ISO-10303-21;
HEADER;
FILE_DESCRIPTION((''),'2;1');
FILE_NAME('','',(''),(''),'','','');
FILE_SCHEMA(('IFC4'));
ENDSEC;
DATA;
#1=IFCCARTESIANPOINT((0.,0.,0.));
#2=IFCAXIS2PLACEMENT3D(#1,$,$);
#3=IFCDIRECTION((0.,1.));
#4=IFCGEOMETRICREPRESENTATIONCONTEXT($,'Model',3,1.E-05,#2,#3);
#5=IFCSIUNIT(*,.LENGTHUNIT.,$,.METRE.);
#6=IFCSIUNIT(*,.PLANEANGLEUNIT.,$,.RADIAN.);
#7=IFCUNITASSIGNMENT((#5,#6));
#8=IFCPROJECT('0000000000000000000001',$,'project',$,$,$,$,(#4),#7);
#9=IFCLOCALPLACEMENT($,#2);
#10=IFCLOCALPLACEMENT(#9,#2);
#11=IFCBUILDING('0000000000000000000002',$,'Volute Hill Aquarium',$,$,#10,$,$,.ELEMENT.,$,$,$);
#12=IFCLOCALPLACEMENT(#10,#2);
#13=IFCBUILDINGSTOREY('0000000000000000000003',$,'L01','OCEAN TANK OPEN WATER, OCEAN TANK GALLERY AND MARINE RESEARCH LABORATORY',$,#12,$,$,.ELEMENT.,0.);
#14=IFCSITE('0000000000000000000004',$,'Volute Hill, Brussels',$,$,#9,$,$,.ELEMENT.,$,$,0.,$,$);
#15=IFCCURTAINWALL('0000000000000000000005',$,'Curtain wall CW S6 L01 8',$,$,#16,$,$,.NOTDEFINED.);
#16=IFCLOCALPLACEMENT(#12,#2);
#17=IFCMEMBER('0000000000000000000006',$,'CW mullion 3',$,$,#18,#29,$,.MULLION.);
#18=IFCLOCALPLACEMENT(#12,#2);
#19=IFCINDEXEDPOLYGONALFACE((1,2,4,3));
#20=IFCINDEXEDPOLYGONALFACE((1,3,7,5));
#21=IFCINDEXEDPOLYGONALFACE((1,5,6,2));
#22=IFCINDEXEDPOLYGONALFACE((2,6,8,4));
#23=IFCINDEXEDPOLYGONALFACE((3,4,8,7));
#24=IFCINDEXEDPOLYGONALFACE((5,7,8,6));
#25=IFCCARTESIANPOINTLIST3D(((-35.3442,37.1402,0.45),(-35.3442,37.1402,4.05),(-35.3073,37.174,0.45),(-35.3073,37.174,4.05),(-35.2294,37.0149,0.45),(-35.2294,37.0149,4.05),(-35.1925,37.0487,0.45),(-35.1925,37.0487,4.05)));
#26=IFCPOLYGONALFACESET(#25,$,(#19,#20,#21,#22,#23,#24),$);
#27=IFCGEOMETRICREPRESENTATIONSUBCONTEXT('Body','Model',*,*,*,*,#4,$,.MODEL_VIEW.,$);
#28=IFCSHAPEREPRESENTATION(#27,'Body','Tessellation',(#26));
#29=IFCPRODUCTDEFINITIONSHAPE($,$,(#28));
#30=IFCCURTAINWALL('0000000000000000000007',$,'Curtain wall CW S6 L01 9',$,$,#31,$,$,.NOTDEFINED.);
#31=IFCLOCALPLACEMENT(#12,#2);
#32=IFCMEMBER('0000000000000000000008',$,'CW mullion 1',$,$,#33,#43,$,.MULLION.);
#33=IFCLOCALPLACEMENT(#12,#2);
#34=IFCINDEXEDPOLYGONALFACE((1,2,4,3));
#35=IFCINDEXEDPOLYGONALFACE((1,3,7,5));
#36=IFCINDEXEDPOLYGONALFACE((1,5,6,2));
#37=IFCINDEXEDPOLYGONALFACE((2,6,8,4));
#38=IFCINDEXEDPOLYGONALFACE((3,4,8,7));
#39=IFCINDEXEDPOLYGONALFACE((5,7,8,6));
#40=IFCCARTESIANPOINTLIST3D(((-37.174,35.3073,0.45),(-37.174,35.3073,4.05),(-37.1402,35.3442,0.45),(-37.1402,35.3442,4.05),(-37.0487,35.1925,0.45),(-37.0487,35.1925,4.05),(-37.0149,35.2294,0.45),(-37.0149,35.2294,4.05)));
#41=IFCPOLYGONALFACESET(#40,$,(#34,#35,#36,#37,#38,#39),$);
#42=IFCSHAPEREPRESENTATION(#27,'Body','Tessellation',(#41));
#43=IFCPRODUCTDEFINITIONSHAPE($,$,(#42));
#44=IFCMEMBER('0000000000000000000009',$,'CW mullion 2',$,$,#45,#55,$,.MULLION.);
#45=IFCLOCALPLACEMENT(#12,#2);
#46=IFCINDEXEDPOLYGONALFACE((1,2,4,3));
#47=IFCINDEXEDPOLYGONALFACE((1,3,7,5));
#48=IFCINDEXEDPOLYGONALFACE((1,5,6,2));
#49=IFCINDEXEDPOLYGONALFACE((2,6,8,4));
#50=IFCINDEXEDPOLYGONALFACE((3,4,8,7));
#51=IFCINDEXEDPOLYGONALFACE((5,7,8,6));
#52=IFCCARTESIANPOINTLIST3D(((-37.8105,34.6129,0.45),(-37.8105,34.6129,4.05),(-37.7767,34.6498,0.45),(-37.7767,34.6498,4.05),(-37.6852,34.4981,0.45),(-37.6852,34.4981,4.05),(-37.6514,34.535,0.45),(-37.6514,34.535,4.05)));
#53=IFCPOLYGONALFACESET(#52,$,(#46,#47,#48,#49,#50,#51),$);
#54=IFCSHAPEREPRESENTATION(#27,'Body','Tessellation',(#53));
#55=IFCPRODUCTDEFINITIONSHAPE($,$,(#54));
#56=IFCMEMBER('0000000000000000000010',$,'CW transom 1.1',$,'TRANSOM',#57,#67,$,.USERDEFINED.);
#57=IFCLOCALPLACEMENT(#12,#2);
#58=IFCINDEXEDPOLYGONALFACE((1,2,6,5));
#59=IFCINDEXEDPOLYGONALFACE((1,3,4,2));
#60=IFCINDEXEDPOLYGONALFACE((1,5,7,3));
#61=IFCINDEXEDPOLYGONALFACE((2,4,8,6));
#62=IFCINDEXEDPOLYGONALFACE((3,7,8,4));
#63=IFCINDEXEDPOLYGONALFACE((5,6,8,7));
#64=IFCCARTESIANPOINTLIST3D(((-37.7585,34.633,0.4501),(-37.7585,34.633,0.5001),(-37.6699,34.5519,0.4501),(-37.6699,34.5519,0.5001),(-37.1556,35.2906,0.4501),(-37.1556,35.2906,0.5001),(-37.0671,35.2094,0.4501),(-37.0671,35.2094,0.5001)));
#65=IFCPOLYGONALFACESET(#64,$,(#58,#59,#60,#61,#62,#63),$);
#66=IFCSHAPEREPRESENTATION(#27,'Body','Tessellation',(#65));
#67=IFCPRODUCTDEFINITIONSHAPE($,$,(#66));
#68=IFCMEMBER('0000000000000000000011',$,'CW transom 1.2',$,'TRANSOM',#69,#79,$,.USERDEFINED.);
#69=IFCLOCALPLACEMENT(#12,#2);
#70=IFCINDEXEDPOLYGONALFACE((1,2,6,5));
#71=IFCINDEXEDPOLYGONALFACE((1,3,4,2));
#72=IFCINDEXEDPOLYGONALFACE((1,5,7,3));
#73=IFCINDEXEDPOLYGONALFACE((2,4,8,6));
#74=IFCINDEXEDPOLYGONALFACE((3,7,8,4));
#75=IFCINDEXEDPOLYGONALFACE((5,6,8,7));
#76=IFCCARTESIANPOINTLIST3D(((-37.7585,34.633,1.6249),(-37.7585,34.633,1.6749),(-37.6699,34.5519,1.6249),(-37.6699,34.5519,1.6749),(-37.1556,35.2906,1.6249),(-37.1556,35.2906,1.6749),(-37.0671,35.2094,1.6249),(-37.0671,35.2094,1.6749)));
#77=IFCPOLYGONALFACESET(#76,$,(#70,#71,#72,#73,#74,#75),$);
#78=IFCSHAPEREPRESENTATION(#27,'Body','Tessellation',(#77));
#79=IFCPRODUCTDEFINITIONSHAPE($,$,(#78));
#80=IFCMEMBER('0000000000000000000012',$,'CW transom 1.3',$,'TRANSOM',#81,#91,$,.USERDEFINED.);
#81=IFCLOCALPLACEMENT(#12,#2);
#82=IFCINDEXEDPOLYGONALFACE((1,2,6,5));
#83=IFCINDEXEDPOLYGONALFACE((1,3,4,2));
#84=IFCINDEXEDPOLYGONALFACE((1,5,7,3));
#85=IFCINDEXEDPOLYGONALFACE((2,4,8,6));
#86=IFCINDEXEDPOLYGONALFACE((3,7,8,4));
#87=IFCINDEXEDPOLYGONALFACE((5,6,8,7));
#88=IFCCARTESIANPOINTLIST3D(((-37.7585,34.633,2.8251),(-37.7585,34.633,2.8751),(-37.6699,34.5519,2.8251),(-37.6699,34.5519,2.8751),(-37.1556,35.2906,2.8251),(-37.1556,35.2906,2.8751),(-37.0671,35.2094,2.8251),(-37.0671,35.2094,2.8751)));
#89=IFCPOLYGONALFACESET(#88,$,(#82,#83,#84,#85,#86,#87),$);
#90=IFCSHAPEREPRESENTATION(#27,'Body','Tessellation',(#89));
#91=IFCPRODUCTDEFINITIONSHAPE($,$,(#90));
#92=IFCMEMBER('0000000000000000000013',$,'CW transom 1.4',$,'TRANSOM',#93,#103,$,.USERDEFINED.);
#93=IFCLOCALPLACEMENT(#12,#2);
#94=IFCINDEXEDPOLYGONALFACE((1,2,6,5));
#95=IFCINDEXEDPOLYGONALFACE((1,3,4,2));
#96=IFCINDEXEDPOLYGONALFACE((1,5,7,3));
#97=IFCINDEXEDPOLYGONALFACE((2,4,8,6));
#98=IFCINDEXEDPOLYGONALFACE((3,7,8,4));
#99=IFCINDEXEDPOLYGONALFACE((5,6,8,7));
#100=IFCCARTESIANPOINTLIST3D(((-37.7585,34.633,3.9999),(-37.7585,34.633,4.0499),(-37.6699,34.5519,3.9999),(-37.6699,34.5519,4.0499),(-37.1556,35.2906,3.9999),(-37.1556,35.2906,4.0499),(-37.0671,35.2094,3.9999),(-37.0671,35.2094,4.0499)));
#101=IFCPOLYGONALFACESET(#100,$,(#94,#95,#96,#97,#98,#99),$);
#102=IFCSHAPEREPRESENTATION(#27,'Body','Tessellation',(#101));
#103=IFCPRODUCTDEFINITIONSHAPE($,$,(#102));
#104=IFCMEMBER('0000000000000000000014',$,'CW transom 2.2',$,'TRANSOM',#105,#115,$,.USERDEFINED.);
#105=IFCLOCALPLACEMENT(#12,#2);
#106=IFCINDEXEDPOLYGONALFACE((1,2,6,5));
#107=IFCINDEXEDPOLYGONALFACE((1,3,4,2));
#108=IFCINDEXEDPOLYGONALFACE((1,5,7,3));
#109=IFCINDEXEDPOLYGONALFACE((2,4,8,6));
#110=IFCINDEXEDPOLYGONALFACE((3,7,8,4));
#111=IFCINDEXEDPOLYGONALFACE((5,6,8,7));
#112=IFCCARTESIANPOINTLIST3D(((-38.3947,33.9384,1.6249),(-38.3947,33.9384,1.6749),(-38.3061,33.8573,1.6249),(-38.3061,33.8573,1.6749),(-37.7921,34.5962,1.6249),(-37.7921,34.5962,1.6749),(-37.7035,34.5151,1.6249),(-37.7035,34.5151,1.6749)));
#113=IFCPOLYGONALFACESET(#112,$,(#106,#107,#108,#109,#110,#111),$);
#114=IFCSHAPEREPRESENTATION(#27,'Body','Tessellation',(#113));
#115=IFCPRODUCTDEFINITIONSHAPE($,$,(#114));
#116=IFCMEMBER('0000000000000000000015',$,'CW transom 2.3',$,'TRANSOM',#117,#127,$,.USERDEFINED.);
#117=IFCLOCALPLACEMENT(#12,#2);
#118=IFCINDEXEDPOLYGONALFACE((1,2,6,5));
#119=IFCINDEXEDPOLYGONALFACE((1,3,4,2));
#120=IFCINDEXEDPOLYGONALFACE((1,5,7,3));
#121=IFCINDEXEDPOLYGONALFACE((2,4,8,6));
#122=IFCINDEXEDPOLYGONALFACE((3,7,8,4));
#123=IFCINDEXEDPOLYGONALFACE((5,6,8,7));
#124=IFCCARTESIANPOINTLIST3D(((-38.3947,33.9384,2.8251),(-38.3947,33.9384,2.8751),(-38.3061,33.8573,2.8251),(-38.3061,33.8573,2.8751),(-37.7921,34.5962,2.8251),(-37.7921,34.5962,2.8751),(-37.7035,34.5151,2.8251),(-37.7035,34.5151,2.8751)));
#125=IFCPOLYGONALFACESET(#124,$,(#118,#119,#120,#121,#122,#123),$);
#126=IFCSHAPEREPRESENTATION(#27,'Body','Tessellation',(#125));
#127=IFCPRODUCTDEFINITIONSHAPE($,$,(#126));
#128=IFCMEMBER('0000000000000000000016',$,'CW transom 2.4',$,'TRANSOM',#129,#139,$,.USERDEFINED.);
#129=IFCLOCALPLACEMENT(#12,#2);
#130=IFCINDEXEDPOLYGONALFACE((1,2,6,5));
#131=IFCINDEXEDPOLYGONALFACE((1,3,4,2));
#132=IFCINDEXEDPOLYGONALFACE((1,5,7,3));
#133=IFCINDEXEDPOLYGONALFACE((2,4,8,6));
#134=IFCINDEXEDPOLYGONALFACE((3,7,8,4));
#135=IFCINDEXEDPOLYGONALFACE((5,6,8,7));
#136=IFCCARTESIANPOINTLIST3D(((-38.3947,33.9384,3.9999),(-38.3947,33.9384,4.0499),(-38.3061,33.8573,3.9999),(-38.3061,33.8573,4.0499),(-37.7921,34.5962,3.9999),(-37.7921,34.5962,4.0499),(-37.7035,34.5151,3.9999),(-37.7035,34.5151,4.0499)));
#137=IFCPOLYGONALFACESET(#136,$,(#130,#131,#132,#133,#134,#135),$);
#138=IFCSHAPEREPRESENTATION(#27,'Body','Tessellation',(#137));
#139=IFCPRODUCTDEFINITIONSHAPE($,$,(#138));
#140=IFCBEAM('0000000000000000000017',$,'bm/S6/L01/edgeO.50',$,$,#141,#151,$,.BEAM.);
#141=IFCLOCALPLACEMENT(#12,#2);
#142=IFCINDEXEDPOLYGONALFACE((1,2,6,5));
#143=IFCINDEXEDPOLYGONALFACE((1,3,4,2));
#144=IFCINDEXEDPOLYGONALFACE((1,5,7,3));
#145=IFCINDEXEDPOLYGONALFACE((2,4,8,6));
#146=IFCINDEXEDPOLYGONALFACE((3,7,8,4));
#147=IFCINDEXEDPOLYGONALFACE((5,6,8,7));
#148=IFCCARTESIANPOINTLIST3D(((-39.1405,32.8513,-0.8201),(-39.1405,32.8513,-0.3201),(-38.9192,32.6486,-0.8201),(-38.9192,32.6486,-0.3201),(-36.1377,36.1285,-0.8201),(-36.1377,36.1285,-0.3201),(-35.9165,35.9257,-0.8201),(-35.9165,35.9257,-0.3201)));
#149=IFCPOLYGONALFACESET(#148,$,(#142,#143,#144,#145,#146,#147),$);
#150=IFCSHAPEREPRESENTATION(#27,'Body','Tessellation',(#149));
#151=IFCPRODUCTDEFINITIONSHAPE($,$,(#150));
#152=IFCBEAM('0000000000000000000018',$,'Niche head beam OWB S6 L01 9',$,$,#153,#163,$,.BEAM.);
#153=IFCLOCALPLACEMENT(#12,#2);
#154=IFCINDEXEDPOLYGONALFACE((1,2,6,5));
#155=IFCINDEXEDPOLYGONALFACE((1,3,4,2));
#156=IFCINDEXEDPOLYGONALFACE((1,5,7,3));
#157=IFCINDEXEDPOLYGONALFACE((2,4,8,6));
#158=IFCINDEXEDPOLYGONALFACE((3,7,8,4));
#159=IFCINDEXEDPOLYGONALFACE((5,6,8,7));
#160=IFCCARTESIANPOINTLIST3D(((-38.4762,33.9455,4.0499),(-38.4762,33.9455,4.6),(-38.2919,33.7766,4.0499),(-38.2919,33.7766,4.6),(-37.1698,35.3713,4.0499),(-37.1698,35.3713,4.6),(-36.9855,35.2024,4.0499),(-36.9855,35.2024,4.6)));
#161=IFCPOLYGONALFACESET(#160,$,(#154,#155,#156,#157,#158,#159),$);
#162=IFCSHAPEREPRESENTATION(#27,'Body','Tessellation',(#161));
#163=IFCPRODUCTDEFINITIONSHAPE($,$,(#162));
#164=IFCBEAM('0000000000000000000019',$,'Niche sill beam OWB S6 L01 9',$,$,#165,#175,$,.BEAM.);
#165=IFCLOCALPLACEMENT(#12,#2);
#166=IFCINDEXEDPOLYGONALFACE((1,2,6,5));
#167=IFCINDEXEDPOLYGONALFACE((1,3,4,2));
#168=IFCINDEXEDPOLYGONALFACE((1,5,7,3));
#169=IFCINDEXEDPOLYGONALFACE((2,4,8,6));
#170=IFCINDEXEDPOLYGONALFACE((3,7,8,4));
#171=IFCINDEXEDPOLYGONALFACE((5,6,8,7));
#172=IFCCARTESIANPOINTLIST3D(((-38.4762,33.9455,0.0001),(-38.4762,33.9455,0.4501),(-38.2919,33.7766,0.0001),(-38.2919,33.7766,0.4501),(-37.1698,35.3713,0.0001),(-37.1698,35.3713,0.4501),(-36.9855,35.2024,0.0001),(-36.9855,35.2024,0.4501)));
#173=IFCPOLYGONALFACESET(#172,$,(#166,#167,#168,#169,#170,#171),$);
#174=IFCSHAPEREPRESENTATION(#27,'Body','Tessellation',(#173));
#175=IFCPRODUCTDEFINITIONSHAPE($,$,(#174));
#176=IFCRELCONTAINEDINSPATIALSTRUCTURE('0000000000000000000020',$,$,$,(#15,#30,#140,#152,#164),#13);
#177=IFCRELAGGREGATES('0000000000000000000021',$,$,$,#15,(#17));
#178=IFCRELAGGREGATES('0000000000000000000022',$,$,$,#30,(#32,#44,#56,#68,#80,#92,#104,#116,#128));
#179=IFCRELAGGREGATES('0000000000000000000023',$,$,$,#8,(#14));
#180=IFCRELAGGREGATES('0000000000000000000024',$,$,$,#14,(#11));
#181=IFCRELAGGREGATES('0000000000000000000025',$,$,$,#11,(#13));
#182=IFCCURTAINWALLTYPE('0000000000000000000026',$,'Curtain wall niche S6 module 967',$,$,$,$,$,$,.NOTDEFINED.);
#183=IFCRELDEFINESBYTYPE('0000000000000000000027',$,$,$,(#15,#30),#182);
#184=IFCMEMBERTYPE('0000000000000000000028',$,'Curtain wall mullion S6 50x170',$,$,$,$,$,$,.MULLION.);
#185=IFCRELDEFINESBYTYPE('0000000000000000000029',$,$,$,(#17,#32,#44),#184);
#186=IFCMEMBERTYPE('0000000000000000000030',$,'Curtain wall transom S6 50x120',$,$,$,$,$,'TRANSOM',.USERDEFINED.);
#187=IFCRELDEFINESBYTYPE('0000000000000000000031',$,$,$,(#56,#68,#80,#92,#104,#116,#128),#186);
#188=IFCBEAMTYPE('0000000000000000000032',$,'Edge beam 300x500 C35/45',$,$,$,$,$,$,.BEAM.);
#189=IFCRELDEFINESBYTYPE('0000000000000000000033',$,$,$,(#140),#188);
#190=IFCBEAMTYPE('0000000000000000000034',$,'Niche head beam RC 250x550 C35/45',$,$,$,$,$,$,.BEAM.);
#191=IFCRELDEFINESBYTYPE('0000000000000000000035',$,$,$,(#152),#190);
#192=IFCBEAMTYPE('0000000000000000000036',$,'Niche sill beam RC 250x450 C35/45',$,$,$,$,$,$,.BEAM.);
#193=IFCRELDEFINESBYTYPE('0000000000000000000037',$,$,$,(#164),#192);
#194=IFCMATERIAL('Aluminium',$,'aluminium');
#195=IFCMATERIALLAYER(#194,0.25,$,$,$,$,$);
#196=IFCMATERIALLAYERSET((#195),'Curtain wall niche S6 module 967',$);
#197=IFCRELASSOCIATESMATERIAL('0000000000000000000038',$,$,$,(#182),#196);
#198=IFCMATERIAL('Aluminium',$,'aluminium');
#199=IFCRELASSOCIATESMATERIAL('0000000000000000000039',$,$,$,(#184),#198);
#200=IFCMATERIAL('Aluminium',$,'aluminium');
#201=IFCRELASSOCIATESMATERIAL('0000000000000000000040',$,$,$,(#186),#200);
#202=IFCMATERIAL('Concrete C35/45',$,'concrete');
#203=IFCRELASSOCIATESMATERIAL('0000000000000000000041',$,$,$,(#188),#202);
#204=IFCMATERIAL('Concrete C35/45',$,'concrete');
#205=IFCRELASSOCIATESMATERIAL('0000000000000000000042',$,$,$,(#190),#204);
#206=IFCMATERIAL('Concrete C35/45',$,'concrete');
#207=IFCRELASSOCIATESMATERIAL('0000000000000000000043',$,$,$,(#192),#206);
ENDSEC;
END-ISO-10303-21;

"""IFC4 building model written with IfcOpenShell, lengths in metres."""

from ifc_helpers import new_model, si_unit, direction, frame, origin, origin_2d, place, context, subcontext, project, spatial, rectangle, extrude, material, layer, layer_set, material_profile, profile_set, type_object, element, aggregate, save


model = new_model("IFC4")

# Units and contexts
model_context = context("Model", 3, precision=1e-05, world=origin(), true_north=direction((0.0, 1.0)))
body_context = subcontext(model_context, "Body", "Model", "MODEL_VIEW")
ifc_project = project(units=[si_unit("LENGTHUNIT", "METRE"), si_unit("PLANEANGLEUNIT", "RADIAN")], contexts=[model_context])

# Site, building, storey
site_placement = place(None, origin())
site = spatial("IfcSite", under=ifc_project, at=site_placement, Name="Volute Hill, Brussels", CompositionType="ELEMENT", RefElevation=0.0)
building_placement = place(site_placement, origin())
building = spatial("IfcBuilding", under=site, at=building_placement, Name="Volute Hill Aquarium", CompositionType="ELEMENT")
storey_placement = place(building_placement, origin())
storey = spatial("IfcBuildingStorey", under=building, at=storey_placement, Name="L01", Description="OCEAN TANK OPEN WATER, OCEAN TANK GALLERY AND MARINE RESEARCH LABORATORY", CompositionType="ELEMENT", Elevation=0.0)

# Curtain wall, member
ifc_material_1 = material(Name="Aluminium", Category="aluminium")
ifc_layer_1 = layer(ifc_material_1, 0.25)
ifc_layer_set_1 = layer_set([ifc_layer_1], Name="Curtain wall niche S6 module 967")
curtain_wall_type = type_object("IfcCurtainWallType", Name="Curtain wall niche S6 module 967", PredefinedType="NOTDEFINED", material=ifc_layer_set_1)
curtain_wall_1_placement = place(storey_placement, origin())
curtain_wall_1 = element("IfcCurtainWall", 1, at=curtain_wall_1_placement, inside=storey, type_object=curtain_wall_type, Name="Curtain wall CW S6 L01 8", PredefinedType="NOTDEFINED")
ifc_material_2 = material(Name="Aluminium", Category="aluminium")
ifc_material_profile_1 = material_profile(ifc_material_2, rectangle(XDim=0.1699, YDim=0.05, at=origin_2d()), Name="Curtain wall mullion S6 50x170")
ifc_profile_set_1 = profile_set([ifc_material_profile_1], Name="Aluminium")
member_type_1 = type_object("IfcMemberType", Name="Curtain wall mullion S6 50x170", PredefinedType="MULLION", material=ifc_profile_set_1)
member_1_placement = place(storey_placement, frame((-35.2683, 37.0945, 0.45), z_axis=(0.0, 0.0, 1.0), x_axis=(0.675582, -0.737285, 0.0)))
member_1 = element("IfcMember", 2, at=member_1_placement, type_object=member_type_1, Name="CW mullion 3", PredefinedType="MULLION", context=body_context, shape_type="SweptSolid", body=[
    extrude(rectangle(XDim=0.1699, YDim=0.05, at=origin_2d()), origin(), (0.0, 0.0, 1.0), 3.6001),
])
aggregate(curtain_wall_1, [member_1])

# Curtain wall, members
curtain_wall_2_placement = place(storey_placement, origin())
curtain_wall_2 = element("IfcCurtainWall", 3, at=curtain_wall_2_placement, inside=storey, type_object=curtain_wall_type, Name="Curtain wall CW S6 L01 9", PredefinedType="NOTDEFINED")
member_2_placement = place(storey_placement, frame((-37.0945, 35.2683, 0.45), z_axis=(0.0, 0.0, 1.0), x_axis=(0.737285, -0.675582, 0.0)))
member_2 = element("IfcMember", 4, at=member_2_placement, type_object=member_type_1, Name="CW mullion 1", PredefinedType="MULLION", context=body_context, shape_type="SweptSolid", body=[
    extrude(rectangle(XDim=0.1699, YDim=0.05, at=origin_2d()), origin(), (0.0, 0.0, 1.0), 3.6001),
])
member_3_placement = place(storey_placement, frame((-37.731, 34.574, 0.45), z_axis=(0.0, 0.0, 1.0), x_axis=(0.737285, -0.675582, 0.0)))
member_3 = element("IfcMember", 5, at=member_3_placement, type_object=member_type_1, Name="CW mullion 2", PredefinedType="MULLION", context=body_context, shape_type="SweptSolid", body=[
    extrude(rectangle(XDim=0.1699, YDim=0.05, at=origin_2d()), origin(), (0.0, 0.0, 1.0), 3.6001),
])
ifc_material_3 = material(Name="Aluminium", Category="aluminium")
ifc_material_profile_2 = material_profile(ifc_material_3, rectangle(XDim=0.1201, YDim=0.05, at=origin_2d()), Name="Curtain wall transom S6 50x120")
ifc_profile_set_2 = profile_set([ifc_material_profile_2], Name="Aluminium")
member_type_2 = type_object("IfcMemberType", Name="Curtain wall transom S6 50x120", ElementType="TRANSOM", PredefinedType="USERDEFINED", material=ifc_profile_set_2)
member_4_placement = place(storey_placement, frame((-37.1113, 35.25, 0.4751), z_axis=(-0.675787, -0.737097, 0.0), x_axis=(0.737097, -0.675787, 0.0)))
member_4 = element("IfcMember", 6, at=member_4_placement, type_object=member_type_2, Name="CW transom 1.1", ObjectType="TRANSOM", PredefinedType="USERDEFINED", context=body_context, shape_type="SweptSolid", body=[
    extrude(rectangle(XDim=0.1201, YDim=0.05, at=origin_2d()), origin(), (0.0, 0.0, 1.0), 0.8921),
])
member_5_placement = place(storey_placement, frame((-37.1113, 35.25, 1.6499), z_axis=(-0.675787, -0.737097, 0.0), x_axis=(0.737097, -0.675787, 0.0)))
member_5 = element("IfcMember", 7, at=member_5_placement, type_object=member_type_2, Name="CW transom 1.2", ObjectType="TRANSOM", PredefinedType="USERDEFINED", context=body_context, shape_type="SweptSolid", body=[
    extrude(rectangle(XDim=0.1201, YDim=0.05, at=origin_2d()), origin(), (0.0, 0.0, 1.0), 0.8921),
])
member_6_placement = place(storey_placement, frame((-37.1113, 35.25, 2.8501), z_axis=(-0.675787, -0.737097, 0.0), x_axis=(0.737097, -0.675787, 0.0)))
member_6 = element("IfcMember", 8, at=member_6_placement, type_object=member_type_2, Name="CW transom 1.3", ObjectType="TRANSOM", PredefinedType="USERDEFINED", context=body_context, shape_type="SweptSolid", body=[
    extrude(rectangle(XDim=0.1201, YDim=0.05, at=origin_2d()), origin(), (0.0, 0.0, 1.0), 0.8921),
])
member_7_placement = place(storey_placement, frame((-37.1113, 35.25, 4.0249), z_axis=(-0.675787, -0.737097, 0.0), x_axis=(0.737097, -0.675787, 0.0)))
member_7 = element("IfcMember", 9, at=member_7_placement, type_object=member_type_2, Name="CW transom 1.4", ObjectType="TRANSOM", PredefinedType="USERDEFINED", context=body_context, shape_type="SweptSolid", body=[
    extrude(rectangle(XDim=0.1201, YDim=0.05, at=origin_2d()), origin(), (0.0, 0.0, 1.0), 0.8921),
])
member_8_placement = place(storey_placement, frame((-37.7478, 34.5557, 1.6499), z_axis=(-0.675502, -0.737359, 0.0), x_axis=(0.737359, -0.675502, 0.0)))
member_8 = element("IfcMember", 10, at=member_8_placement, type_object=member_type_2, Name="CW transom 2.2", ObjectType="TRANSOM", PredefinedType="USERDEFINED", context=body_context, shape_type="SweptSolid", body=[
    extrude(rectangle(XDim=0.1201, YDim=0.05, at=origin_2d()), origin(), (0.0, 0.0, 1.0), 0.8921),
])
member_9_placement = place(storey_placement, frame((-37.7478, 34.5557, 2.8501), z_axis=(-0.675502, -0.737359, 0.0), x_axis=(0.737359, -0.675502, 0.0)))
member_9 = element("IfcMember", 11, at=member_9_placement, type_object=member_type_2, Name="CW transom 2.3", ObjectType="TRANSOM", PredefinedType="USERDEFINED", context=body_context, shape_type="SweptSolid", body=[
    extrude(rectangle(XDim=0.1201, YDim=0.05, at=origin_2d()), origin(), (0.0, 0.0, 1.0), 0.8921),
])
member_10_placement = place(storey_placement, frame((-37.7478, 34.5557, 4.0249), z_axis=(-0.675502, -0.737359, 0.0), x_axis=(0.737359, -0.675502, 0.0)))
member_10 = element("IfcMember", 12, at=member_10_placement, type_object=member_type_2, Name="CW transom 2.4", ObjectType="TRANSOM", PredefinedType="USERDEFINED", context=body_context, shape_type="SweptSolid", body=[
    extrude(rectangle(XDim=0.1201, YDim=0.05, at=origin_2d()), origin(), (0.0, 0.0, 1.0), 0.8921),
])

# Beams
ifc_material_4 = material(Name="Concrete C35/45", Category="concrete")
ifc_material_profile_3 = material_profile(ifc_material_4, rectangle(XDim=0.3, YDim=0.5, at=origin_2d()), Name="RC edge beam 300x500")
ifc_profile_set_3 = profile_set([ifc_material_profile_3], Name="Concrete C35/45")
beam_type_1 = type_object("IfcBeamType", Name="Edge beam 300x500 C35/45", PredefinedType="BEAM", material=ifc_profile_set_3)
beam_1_placement = place(storey_placement, frame((-36.0271, 36.0271, -0.5701), z_axis=(-0.675563, -0.737302, 0.0), x_axis=(0.737302, -0.675563, 0.0)))
element("IfcBeam", 13, at=beam_1_placement, inside=storey, type_object=beam_type_1, Name="bm/S6/L01/edgeO.50", PredefinedType="BEAM", context=body_context, shape_type="SweptSolid", body=[
    extrude(rectangle(XDim=0.3, YDim=0.5, at=origin_2d()), origin(), (0.0, 0.0, 1.0), 4.4448),
])
ifc_material_5 = material(Name="Concrete C35/45", Category="concrete")
ifc_material_profile_4 = material_profile(ifc_material_5, rectangle(XDim=0.25, YDim=0.55, at=origin_2d()), Name="RC beam 250x550")
ifc_profile_set_4 = profile_set([ifc_material_profile_4], Name="Concrete C35/45")
beam_type_2 = type_object("IfcBeamType", Name="Niche head beam RC 250x550 C35/45", PredefinedType="BEAM", material=ifc_profile_set_4)
beam_2_placement = place(storey_placement, frame((-37.0776, 35.2869, 4.325), z_axis=(-0.675565, -0.737301, 0.0), x_axis=(0.737301, -0.675565, 0.0)))
element("IfcBeam", 14, at=beam_2_placement, inside=storey, type_object=beam_type_2, Name="Niche head beam OWB S6 L01 9", PredefinedType="BEAM", context=body_context, shape_type="SweptSolid", body=[
    extrude(rectangle(XDim=0.25, YDim=0.55, at=origin_2d()), origin(), (0.0, 0.0, 1.0), 1.9338),
])
ifc_material_6 = material(Name="Concrete C35/45", Category="concrete")
ifc_material_profile_5 = material_profile(ifc_material_6, rectangle(XDim=0.25, YDim=0.45, at=origin_2d()), Name="RC beam 250x450")
ifc_profile_set_5 = profile_set([ifc_material_profile_5], Name="Concrete C35/45")
beam_type_3 = type_object("IfcBeamType", Name="Niche sill beam RC 250x450 C35/45", PredefinedType="BEAM", material=ifc_profile_set_5)
beam_3_placement = place(storey_placement, frame((-37.0776, 35.2869, 0.2251), z_axis=(-0.675565, -0.737301, 0.0), x_axis=(0.737301, -0.675565, 0.0)))
element("IfcBeam", 15, at=beam_3_placement, inside=storey, type_object=beam_type_3, Name="Niche sill beam OWB S6 L01 9", PredefinedType="BEAM", context=body_context, shape_type="SweptSolid", body=[
    extrude(rectangle(XDim=0.25, YDim=0.45, at=origin_2d()), origin(), (0.0, 0.0, 1.0), 1.9338),
])

aggregate(curtain_wall_2, [member_2, member_3, member_4, member_5, member_6, member_7, member_8, member_9, member_10])

save(model, "model.ifc")
